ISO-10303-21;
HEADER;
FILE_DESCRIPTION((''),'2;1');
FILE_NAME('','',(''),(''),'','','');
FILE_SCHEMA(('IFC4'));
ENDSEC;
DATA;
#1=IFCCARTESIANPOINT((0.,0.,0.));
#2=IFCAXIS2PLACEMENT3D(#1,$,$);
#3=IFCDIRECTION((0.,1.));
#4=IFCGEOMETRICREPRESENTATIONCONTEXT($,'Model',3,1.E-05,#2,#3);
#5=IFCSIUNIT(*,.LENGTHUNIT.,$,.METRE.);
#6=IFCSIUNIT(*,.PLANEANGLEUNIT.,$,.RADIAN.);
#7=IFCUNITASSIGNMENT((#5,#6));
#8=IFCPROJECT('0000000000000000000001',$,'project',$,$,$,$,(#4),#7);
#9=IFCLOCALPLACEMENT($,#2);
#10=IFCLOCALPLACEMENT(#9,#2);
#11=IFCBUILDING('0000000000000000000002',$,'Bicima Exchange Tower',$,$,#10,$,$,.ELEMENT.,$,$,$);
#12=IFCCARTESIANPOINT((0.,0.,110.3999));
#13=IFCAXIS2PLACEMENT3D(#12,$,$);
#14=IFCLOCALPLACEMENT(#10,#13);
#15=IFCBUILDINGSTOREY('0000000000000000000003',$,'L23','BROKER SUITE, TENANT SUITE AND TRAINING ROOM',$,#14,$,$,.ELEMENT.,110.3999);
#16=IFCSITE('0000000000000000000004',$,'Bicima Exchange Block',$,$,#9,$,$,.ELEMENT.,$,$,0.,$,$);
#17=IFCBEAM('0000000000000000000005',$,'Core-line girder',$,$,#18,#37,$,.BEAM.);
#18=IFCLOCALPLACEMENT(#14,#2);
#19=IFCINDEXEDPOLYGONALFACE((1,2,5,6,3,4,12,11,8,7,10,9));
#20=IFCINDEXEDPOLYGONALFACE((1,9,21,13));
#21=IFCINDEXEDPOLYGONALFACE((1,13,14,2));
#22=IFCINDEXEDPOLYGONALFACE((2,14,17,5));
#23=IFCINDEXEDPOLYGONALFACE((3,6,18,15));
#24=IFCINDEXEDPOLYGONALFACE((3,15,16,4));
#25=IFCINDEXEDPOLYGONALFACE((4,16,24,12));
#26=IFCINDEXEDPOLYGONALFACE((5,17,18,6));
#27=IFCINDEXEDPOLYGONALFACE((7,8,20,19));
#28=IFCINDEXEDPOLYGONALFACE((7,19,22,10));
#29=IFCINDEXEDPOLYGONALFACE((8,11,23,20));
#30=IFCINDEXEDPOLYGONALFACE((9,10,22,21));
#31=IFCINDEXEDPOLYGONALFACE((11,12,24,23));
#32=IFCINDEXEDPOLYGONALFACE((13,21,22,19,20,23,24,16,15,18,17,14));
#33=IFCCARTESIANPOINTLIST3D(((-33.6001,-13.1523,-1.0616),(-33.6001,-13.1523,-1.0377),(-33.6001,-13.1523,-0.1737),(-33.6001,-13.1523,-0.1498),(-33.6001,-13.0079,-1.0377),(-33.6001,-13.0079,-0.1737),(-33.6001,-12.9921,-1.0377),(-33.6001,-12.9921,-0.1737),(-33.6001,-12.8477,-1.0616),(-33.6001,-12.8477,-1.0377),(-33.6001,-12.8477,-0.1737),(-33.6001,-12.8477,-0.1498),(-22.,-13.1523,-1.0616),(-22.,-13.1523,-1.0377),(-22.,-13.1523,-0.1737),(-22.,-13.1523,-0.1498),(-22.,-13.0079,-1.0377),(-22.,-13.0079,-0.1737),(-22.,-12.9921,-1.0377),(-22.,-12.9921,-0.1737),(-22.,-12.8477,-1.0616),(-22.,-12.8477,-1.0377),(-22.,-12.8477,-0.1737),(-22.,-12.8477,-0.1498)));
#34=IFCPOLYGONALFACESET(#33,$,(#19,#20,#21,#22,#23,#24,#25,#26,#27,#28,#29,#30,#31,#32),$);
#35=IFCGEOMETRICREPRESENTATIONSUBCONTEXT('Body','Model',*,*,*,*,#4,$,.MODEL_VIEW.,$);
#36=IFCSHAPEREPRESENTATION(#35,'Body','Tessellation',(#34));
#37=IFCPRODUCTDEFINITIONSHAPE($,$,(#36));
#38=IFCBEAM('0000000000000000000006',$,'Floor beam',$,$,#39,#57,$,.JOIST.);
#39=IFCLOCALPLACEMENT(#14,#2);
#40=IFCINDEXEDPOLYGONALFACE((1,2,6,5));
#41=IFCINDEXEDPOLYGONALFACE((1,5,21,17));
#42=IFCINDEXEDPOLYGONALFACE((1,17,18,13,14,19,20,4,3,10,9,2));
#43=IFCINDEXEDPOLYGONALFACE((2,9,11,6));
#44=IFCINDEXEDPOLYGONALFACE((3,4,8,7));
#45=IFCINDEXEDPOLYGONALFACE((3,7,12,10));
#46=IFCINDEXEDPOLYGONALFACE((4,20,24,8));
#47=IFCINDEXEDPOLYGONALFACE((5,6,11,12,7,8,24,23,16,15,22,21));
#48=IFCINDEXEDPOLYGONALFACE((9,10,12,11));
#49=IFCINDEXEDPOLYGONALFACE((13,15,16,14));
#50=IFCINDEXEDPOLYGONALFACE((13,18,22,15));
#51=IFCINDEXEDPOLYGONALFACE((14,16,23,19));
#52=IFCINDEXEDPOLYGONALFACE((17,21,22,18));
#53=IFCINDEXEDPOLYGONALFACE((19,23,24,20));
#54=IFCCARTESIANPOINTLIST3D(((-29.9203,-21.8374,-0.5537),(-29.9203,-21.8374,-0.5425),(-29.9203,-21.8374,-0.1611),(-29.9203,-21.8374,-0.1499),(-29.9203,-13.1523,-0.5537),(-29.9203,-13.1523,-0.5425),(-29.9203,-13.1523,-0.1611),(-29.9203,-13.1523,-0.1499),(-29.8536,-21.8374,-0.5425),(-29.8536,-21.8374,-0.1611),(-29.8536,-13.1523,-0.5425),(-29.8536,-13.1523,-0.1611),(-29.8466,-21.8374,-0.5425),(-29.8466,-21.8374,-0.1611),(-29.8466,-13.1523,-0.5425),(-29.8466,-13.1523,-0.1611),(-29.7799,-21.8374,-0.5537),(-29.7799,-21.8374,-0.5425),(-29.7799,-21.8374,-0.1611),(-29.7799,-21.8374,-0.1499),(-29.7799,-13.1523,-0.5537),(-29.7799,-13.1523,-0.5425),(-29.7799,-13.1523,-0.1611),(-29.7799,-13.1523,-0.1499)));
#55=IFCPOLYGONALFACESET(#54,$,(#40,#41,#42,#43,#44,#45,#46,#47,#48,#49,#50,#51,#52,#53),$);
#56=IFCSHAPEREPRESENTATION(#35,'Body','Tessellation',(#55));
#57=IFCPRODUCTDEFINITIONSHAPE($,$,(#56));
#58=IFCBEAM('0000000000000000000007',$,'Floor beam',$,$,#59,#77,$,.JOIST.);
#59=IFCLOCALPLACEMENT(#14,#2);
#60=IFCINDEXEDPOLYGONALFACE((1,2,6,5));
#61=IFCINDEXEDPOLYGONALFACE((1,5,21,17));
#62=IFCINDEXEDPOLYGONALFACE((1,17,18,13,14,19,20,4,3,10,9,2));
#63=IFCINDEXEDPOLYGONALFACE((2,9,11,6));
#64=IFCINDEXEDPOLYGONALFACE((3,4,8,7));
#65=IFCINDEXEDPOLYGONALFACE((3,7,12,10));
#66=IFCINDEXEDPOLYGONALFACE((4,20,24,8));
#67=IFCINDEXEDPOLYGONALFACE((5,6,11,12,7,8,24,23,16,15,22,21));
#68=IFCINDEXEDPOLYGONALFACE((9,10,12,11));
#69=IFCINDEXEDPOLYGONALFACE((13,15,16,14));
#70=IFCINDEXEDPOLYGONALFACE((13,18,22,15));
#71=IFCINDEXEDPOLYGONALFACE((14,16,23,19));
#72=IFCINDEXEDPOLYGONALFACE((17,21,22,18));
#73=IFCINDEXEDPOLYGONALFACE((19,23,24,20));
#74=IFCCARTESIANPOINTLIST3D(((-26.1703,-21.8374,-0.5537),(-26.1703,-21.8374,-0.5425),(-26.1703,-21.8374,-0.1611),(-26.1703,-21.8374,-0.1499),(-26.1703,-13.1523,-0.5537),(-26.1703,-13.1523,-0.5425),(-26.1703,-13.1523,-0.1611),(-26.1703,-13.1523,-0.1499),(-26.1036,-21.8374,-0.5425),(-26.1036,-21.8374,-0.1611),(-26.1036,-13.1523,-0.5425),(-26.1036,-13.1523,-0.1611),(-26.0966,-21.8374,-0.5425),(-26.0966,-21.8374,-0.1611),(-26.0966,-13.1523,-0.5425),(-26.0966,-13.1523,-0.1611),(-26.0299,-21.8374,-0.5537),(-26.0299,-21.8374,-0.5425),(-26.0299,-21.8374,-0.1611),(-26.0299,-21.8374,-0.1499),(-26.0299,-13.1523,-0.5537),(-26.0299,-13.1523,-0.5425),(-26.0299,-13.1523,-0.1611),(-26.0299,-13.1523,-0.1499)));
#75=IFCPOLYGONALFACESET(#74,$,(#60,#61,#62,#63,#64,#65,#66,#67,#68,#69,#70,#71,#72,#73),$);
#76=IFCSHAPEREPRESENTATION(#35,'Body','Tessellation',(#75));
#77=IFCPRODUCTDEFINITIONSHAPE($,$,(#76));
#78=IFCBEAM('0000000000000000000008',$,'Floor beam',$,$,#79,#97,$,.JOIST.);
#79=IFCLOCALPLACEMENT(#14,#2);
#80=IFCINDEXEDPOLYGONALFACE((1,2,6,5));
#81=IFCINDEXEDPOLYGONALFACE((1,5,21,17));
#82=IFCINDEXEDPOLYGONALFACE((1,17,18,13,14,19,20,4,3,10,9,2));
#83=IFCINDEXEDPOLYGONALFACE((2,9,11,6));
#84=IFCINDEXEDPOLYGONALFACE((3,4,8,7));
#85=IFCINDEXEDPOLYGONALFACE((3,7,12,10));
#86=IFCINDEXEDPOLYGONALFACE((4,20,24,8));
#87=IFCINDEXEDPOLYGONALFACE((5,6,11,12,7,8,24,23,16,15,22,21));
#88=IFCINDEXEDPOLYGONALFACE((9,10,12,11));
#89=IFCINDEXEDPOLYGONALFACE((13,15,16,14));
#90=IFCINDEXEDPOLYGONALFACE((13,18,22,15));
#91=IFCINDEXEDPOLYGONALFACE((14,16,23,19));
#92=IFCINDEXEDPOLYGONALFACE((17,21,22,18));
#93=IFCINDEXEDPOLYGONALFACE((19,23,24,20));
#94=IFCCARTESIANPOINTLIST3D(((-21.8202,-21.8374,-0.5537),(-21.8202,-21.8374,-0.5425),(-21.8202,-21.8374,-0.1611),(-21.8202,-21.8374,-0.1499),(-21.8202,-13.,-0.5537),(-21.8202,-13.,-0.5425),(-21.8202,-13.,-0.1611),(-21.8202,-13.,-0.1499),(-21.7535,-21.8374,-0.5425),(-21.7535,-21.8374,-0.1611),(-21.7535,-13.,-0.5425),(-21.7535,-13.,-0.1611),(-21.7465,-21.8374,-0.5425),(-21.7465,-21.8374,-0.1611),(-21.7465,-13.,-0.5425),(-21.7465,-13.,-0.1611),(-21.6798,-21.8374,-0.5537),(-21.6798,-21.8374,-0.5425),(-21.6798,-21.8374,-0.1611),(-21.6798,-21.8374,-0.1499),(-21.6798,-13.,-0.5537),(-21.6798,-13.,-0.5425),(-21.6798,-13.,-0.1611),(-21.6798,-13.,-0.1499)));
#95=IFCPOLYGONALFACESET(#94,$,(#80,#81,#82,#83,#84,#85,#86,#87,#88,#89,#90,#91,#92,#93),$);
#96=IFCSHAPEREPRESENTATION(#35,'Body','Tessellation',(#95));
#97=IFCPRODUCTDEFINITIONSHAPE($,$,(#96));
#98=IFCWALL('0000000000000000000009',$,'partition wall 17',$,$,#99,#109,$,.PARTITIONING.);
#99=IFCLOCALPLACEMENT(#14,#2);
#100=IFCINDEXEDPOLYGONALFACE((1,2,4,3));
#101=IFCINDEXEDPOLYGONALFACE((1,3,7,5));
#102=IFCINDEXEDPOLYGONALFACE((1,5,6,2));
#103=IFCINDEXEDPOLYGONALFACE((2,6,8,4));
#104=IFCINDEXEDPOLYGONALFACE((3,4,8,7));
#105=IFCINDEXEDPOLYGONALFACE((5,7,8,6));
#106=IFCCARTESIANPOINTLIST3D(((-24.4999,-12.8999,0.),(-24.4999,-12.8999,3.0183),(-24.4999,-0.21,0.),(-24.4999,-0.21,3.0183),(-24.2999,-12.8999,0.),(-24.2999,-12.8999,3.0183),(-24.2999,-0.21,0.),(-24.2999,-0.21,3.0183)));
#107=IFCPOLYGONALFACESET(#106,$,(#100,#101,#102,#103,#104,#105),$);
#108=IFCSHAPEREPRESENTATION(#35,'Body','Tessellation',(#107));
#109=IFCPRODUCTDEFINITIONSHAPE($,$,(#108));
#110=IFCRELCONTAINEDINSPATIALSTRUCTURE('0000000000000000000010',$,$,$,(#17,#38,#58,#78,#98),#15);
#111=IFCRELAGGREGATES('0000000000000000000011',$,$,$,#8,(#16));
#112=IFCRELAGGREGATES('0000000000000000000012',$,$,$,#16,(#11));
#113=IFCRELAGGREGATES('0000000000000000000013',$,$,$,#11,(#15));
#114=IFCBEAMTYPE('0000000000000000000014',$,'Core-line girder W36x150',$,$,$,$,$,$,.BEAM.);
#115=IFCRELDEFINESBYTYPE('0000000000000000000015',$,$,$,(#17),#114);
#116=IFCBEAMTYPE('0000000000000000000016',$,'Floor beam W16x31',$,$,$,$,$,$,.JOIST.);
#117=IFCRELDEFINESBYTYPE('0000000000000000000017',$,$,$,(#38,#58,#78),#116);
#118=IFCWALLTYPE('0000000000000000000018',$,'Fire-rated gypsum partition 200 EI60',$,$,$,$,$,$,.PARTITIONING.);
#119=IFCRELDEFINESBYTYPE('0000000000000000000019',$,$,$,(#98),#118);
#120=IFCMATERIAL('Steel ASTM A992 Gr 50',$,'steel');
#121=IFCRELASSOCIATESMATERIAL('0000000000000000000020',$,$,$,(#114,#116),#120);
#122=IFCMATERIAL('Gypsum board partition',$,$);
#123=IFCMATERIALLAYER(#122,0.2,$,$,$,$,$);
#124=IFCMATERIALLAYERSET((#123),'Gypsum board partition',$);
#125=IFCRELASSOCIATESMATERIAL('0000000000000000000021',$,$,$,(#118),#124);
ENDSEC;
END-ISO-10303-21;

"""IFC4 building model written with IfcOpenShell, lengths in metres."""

from ifc_helpers import new_model, si_unit, direction, frame, frame_2d, origin, origin_2d, place, context, subcontext, project, spatial, rectangle, i_section, extrude, material, layer, layer_set, material_profile, profile_set, type_object, element, save


model = new_model("IFC4")

# Units and contexts
model_context = context("Model", 3, precision=1e-05, world=origin(), true_north=direction((0.0, 1.0)))
body_context = subcontext(model_context, "Body", "Model", "MODEL_VIEW")
ifc_project = project(units=[si_unit("LENGTHUNIT", "METRE"), si_unit("PLANEANGLEUNIT", "RADIAN")], contexts=[model_context])

# Site, building, storey
site_placement = place(None, origin())
site = spatial("IfcSite", under=ifc_project, at=site_placement, Name="Bicima Exchange Block", CompositionType="ELEMENT", RefElevation=0.0)
building_placement = place(site_placement, origin())
building = spatial("IfcBuilding", under=site, at=building_placement, Name="Bicima Exchange Tower", CompositionType="ELEMENT")
storey_placement = place(building_placement, frame((0.0, 0.0, 110.3999)))
storey = spatial("IfcBuildingStorey", under=building, at=storey_placement, Name="L23", Description="BROKER SUITE, TENANT SUITE AND TRAINING ROOM", CompositionType="ELEMENT", Elevation=110.3999)

# Beams
ifc_material_1 = material(Name="Steel ASTM A992 Gr 50", Category="steel")
ifc_material_profile_1 = material_profile(ifc_material_1, i_section(OverallWidth=0.3047, OverallDepth=0.9119, WebThickness=0.0159, FlangeThickness=0.0239, at=origin_2d()))
ifc_profile_set_1 = profile_set([ifc_material_profile_1], Name="Steel ASTM A992 Gr 50")
beam_type_1 = type_object("IfcBeamType", Name="Core-line girder W36x150", PredefinedType="BEAM", material=ifc_profile_set_1)
beam_1_placement = place(storey_placement, frame((-22.0, -13.0, -0.6057), z_axis=(-1.0, 0.0, 0.0), x_axis=(0.0, -1.0, 0.0)))
element("IfcBeam", 1, at=beam_1_placement, inside=storey, type_object=beam_type_1, Name="Core-line girder", PredefinedType="BEAM", context=body_context, shape_type="SweptSolid", body=[
    extrude(i_section(OverallWidth=0.3047, OverallDepth=0.9119, WebThickness=0.0159, FlangeThickness=0.0239, at=origin_2d()), origin(), (0.0, 0.0, 1.0), 11.6001),
])
ifc_material_profile_2 = material_profile(ifc_material_1, i_section(OverallWidth=0.1404, OverallDepth=0.4038, WebThickness=0.0071, FlangeThickness=0.0112, at=origin_2d()))
ifc_profile_set_2 = profile_set([ifc_material_profile_2], Name="Steel ASTM A992 Gr 50")
beam_type_2 = type_object("IfcBeamType", Name="Floor beam W16x31", PredefinedType="JOIST", material=ifc_profile_set_2)
for number, where, z_axis, x_axis, name in (
    (2, (-29.8501, -13.1523, -0.3518), (0.0, -1.0, 0.0), (1.0, 0.0, 0.0), "Floor beam"),
    (3, (-26.1001, -13.1523, -0.3518), (0.0, -1.0, 0.0), (1.0, 0.0, 0.0), "Floor beam"),
):
    element("IfcBeam", number, at=place(storey_placement, frame(where, z_axis=z_axis, x_axis=x_axis)), inside=storey, type_object=beam_type_2, Name=name, PredefinedType="JOIST", context=body_context, shape_type="SweptSolid", body=[
        extrude(i_section(OverallWidth=0.1404, OverallDepth=0.4038, WebThickness=0.0071, FlangeThickness=0.0112, at=origin_2d()), origin(), (0.0, 0.0, 1.0), 8.6851),
    ])
beam_2_placement = place(storey_placement, frame((-21.75, -13.0, -0.3518), z_axis=(0.0, -1.0, 0.0), x_axis=(1.0, 0.0, 0.0)))
element("IfcBeam", 4, at=beam_2_placement, inside=storey, type_object=beam_type_2, Name="Floor beam", PredefinedType="JOIST", context=body_context, shape_type="SweptSolid", body=[
    extrude(i_section(OverallWidth=0.1404, OverallDepth=0.4038, WebThickness=0.0071, FlangeThickness=0.0112, at=origin_2d()), origin(), (0.0, 0.0, 1.0), 8.8374),
])

# Wall
ifc_material_2 = material(Name="Gypsum board partition")
ifc_layer_1 = layer(ifc_material_2, 0.2)
ifc_layer_set_1 = layer_set([ifc_layer_1], Name="Gypsum board partition")
wall_type_1 = type_object("IfcWallType", Name="Fire-rated gypsum partition 200 EI60", PredefinedType="PARTITIONING", material=ifc_layer_set_1)
wall_1_placement = place(storey_placement, frame((-24.3999, -12.8999, 0.0), z_axis=(0.0, 0.0, 1.0), x_axis=(0.0, 1.0, 0.0)))
element("IfcWall", 5, at=wall_1_placement, inside=storey, type_object=wall_type_1, Name="partition wall 17", PredefinedType="PARTITIONING", context=body_context, shape_type="SweptSolid", body=[
    extrude(rectangle(XDim=12.6899, YDim=0.2, at=frame_2d((6.345, 0.0))), origin(), (0.0, 0.0, 1.0), 3.0183),
])

save(model, "model.ifc")
